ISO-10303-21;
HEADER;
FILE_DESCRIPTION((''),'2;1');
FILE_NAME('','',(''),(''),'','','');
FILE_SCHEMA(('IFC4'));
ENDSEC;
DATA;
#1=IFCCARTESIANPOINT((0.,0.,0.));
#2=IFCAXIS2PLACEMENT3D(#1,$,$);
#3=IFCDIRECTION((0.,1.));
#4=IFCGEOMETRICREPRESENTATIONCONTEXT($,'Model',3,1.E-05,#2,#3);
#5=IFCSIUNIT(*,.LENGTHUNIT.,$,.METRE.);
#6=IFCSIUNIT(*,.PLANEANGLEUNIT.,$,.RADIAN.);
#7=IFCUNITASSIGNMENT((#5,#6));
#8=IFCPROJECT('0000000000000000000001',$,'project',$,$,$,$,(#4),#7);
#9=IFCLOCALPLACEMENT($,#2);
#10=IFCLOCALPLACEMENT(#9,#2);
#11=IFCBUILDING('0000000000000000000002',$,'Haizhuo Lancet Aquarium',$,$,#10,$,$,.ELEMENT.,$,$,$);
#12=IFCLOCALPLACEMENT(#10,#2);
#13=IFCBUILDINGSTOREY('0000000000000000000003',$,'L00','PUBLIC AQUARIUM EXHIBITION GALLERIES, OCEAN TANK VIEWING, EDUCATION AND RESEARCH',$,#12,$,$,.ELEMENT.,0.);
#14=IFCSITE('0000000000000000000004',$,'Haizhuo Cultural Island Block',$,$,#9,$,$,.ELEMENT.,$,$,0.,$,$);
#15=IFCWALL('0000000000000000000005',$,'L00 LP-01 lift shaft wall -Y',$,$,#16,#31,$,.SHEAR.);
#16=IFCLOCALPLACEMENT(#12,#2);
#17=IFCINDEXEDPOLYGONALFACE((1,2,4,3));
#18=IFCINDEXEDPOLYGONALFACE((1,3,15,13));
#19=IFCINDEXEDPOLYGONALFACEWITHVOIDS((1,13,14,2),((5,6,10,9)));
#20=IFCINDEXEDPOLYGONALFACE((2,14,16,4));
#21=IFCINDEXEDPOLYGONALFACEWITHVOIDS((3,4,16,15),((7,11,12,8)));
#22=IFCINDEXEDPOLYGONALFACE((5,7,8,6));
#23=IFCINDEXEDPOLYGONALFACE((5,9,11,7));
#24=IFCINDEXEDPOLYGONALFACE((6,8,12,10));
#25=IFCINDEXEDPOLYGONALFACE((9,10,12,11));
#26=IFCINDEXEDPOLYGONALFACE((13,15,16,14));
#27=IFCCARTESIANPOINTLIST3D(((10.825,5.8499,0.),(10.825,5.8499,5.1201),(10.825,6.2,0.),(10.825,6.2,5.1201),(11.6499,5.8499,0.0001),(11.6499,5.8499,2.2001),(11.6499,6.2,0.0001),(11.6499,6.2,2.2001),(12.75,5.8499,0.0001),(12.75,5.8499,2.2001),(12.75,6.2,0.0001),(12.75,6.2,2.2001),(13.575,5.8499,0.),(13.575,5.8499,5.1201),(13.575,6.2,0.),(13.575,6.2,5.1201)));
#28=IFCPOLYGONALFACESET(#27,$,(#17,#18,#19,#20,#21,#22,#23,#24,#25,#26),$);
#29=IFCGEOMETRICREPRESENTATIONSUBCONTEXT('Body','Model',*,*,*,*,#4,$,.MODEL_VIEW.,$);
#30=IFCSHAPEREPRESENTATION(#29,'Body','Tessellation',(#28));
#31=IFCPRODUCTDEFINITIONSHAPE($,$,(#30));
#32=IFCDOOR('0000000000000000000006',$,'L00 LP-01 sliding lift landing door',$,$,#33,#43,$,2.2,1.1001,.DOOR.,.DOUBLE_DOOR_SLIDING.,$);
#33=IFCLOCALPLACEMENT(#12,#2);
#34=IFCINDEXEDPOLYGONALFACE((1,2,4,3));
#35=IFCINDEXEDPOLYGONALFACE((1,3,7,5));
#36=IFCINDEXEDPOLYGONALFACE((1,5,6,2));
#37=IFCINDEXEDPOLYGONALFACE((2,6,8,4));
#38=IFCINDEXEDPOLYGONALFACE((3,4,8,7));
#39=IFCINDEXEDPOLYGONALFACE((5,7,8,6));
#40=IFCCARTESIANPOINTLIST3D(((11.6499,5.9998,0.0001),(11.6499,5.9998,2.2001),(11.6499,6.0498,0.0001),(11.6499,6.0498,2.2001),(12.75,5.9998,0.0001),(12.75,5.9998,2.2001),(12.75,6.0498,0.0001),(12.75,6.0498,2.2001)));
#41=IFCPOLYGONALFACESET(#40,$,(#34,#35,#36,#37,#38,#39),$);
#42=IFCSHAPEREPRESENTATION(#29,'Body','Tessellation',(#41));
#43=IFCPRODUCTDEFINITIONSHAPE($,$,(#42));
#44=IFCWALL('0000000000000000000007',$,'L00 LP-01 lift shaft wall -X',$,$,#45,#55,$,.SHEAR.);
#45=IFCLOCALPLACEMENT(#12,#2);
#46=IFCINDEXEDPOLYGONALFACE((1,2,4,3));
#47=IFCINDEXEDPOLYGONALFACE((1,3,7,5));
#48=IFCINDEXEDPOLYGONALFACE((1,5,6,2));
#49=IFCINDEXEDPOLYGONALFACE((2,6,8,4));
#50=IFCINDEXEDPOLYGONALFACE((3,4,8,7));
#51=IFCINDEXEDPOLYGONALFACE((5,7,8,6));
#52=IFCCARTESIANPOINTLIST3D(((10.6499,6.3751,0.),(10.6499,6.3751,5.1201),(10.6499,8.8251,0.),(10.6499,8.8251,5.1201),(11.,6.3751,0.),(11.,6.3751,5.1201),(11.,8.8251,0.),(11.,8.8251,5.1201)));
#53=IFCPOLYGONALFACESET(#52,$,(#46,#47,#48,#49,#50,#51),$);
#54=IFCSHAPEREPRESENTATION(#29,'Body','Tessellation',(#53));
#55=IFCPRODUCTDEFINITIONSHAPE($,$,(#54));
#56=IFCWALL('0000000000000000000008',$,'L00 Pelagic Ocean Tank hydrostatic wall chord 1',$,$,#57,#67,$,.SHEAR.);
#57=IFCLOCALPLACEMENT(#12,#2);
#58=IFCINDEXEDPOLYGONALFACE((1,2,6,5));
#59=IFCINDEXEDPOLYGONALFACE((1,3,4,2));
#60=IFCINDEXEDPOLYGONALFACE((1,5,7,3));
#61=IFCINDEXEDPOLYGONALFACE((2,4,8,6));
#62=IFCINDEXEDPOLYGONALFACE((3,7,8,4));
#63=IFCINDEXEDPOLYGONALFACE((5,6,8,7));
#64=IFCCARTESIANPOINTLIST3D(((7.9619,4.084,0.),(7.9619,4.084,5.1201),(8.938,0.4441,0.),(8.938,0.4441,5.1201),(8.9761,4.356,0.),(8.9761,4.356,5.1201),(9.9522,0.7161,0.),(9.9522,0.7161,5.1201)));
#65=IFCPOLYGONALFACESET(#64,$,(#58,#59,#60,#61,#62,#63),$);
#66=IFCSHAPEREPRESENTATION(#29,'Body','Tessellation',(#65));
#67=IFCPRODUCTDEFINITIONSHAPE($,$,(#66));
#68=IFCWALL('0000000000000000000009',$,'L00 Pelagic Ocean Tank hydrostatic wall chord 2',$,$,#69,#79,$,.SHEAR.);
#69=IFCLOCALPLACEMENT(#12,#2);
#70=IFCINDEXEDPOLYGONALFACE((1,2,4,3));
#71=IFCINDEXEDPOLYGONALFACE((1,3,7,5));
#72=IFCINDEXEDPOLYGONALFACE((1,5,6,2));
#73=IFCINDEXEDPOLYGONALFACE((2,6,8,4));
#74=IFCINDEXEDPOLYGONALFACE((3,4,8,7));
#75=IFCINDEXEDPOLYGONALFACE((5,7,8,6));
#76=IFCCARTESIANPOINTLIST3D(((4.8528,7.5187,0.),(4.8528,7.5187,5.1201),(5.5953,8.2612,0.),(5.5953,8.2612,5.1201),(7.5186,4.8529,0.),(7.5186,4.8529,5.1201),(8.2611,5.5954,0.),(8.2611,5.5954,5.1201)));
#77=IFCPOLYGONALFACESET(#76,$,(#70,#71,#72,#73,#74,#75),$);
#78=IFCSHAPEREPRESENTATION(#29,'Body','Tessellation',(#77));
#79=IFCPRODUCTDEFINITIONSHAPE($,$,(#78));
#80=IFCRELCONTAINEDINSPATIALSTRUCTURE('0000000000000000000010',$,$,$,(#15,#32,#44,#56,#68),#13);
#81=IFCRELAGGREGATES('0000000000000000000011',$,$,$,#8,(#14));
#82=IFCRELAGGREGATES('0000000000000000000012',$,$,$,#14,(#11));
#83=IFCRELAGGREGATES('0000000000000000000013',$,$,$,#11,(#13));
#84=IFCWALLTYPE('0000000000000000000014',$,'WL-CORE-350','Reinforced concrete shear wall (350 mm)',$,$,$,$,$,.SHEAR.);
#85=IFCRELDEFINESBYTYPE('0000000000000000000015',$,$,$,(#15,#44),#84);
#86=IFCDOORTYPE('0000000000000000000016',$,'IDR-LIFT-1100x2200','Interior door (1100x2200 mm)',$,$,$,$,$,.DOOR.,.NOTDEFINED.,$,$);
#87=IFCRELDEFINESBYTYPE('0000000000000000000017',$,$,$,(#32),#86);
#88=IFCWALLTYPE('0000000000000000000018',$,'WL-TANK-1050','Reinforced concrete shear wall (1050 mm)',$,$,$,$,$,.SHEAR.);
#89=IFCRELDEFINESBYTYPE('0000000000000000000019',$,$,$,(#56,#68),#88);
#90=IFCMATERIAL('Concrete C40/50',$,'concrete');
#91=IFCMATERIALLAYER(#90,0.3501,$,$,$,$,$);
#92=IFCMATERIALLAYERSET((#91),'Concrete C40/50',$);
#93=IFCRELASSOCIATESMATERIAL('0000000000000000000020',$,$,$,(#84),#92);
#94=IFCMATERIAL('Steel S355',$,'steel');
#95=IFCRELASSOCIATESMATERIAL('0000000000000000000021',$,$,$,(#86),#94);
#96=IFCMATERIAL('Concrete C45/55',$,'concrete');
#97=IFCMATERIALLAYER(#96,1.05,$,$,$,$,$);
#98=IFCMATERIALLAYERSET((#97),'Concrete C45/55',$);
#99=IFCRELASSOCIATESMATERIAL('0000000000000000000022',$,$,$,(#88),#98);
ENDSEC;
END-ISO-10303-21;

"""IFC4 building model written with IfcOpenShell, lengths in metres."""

from ifc_helpers import new_model, si_unit, direction, frame, frame_2d, origin, place, context, subcontext, project, spatial, rectangle, extrude, material, layer, layer_set, type_object, element, fill, save


model = new_model("IFC4")

# Units and contexts
model_context = context("Model", 3, precision=1e-05, world=origin(), true_north=direction((0.0, 1.0)))
body_context = subcontext(model_context, "Body", "Model", "MODEL_VIEW")
ifc_project = project(units=[si_unit("LENGTHUNIT", "METRE"), si_unit("PLANEANGLEUNIT", "RADIAN")], contexts=[model_context])

# Site, building, storey
site_placement = place(None, origin())
site = spatial("IfcSite", under=ifc_project, at=site_placement, Name="Haizhuo Cultural Island Block", CompositionType="ELEMENT", RefElevation=0.0)
building_placement = place(site_placement, origin())
building = spatial("IfcBuilding", under=site, at=building_placement, Name="Haizhuo Lancet Aquarium", CompositionType="ELEMENT")
storey_placement = place(building_placement, origin())
storey = spatial("IfcBuildingStorey", under=building, at=storey_placement, Name="L00", Description="PUBLIC AQUARIUM EXHIBITION GALLERIES, OCEAN TANK VIEWING, EDUCATION AND RESEARCH", CompositionType="ELEMENT", Elevation=0.0)

# Shared definitions
ifc_material_1 = material(Name="Concrete C40/50", Category="concrete")
ifc_material_2 = material(Name="Steel S355", Category="steel")

# Shared definitions
ifc_layer_1 = layer(ifc_material_1, 0.3501)
ifc_layer_set_1 = layer_set([ifc_layer_1], Name="Concrete C40/50")
wall_type_1 = type_object("IfcWallType", Name="WL-CORE-350", Description="Reinforced concrete shear wall (350 mm)", PredefinedType="SHEAR", material=ifc_layer_set_1)

# Wall, opening, door
wall_1_placement = place(storey_placement, frame((10.825, 6.0249, 0.0), z_axis=(0.0, 0.0, 1.0), x_axis=(1.0, 0.0, 0.0)))
wall_1 = element("IfcWall", 1, at=wall_1_placement, inside=storey, type_object=wall_type_1, Name="L00 LP-01 lift shaft wall -Y", PredefinedType="SHEAR", context=body_context, shape_type="SweptSolid", body=[
    extrude(rectangle(XDim=2.75, YDim=0.3501, at=frame_2d((1.375, 0.0))), origin(), (0.0, 0.0, 1.0), 5.1201),
])
opening_placement = place(wall_1_placement, frame((0.825, 0.0, 0.0)))
opening = element("IfcOpeningElement", 2, at=opening_placement, cuts=wall_1, PredefinedType="OPENING", context=body_context, shape_type="SweptSolid", body=[
    extrude(rectangle(XDim=1.1001, YDim=2.2, at=frame_2d((0.55, 1.1001))), frame((0.0, 0.1851, 0.0), z_axis=(0.0, -1.0, 0.0), x_axis=(1.0, 0.0, 0.0)), (0.0, 0.0, 1.0), 0.3701),
])
door_type = type_object("IfcDoorType", Name="IDR-LIFT-1100x2200", Description="Interior door (1100x2200 mm)", OperationType="NOTDEFINED", PredefinedType="DOOR", material=ifc_material_2)
door_placement = place(opening_placement, origin())
door = element("IfcDoor", 3, at=door_placement, inside=storey, type_object=door_type, Name="L00 LP-01 sliding lift landing door", OperationType="DOUBLE_DOOR_SLIDING", OverallHeight=2.2, OverallWidth=1.1001, PredefinedType="DOOR", context=body_context, shape_type="SweptSolid", body=[
    extrude(rectangle(XDim=1.1001, YDim=2.2, at=frame_2d((0.55, 1.1001))), frame((0.0, 0.0249, 0.0), z_axis=(0.0, -1.0, 0.0), x_axis=(1.0, 0.0, 0.0)), (0.0, 0.0, 1.0), 0.05),
])
fill(opening, door)

# Walls
wall_2_placement = place(storey_placement, frame((10.825, 6.375, 0.0), z_axis=(0.0, 0.0, 1.0), x_axis=(0.0, 1.0, 0.0)))
element("IfcWall", 4, at=wall_2_placement, inside=storey, type_object=wall_type_1, Name="L00 LP-01 lift shaft wall -X", PredefinedType="SHEAR", context=body_context, shape_type="SweptSolid", body=[
    extrude(rectangle(XDim=2.45, YDim=0.3501, at=frame_2d((1.2251, 0.0))), origin(), (0.0, 0.0, 1.0), 5.1201),
])
ifc_material_3 = material(Name="Concrete C45/55", Category="concrete")
ifc_layer_2 = layer(ifc_material_3, 1.05)
ifc_layer_set_2 = layer_set([ifc_layer_2], Name="Concrete C45/55")
wall_type_2 = type_object("IfcWallType", Name="WL-TANK-1050", Description="Reinforced concrete shear wall (1050 mm)", PredefinedType="SHEAR", material=ifc_layer_set_2)
wall_3_placement = place(storey_placement, frame((9.4451, 0.5801, 0.0), z_axis=(0.0, 0.0, 1.0), x_axis=(-0.259009, 0.965875, 0.0)))
element("IfcWall", 5, at=wall_3_placement, inside=storey, type_object=wall_type_2, Name="L00 Pelagic Ocean Tank hydrostatic wall chord 1", PredefinedType="SHEAR", context=body_context, shape_type="SweptSolid", body=[
    extrude(rectangle(XDim=3.7686, YDim=1.05, at=frame_2d((1.8843, 0.0))), origin(), (0.0, 0.0, 1.0), 5.1201),
])
wall_4_placement = place(storey_placement, frame((7.8899, 5.2241, 0.0), z_axis=(0.0, 0.0, 1.0), x_axis=(-0.707107, 0.707107, 0.0)))
element("IfcWall", 6, at=wall_4_placement, inside=storey, type_object=wall_type_2, Name="L00 Pelagic Ocean Tank hydrostatic wall chord 2", PredefinedType="SHEAR", context=body_context, shape_type="SweptSolid", body=[
    extrude(rectangle(XDim=3.77, YDim=1.05, at=frame_2d((1.885, 0.0))), origin(), (0.0, 0.0, 1.0), 5.1201),
])

save(model, "model.ifc")
